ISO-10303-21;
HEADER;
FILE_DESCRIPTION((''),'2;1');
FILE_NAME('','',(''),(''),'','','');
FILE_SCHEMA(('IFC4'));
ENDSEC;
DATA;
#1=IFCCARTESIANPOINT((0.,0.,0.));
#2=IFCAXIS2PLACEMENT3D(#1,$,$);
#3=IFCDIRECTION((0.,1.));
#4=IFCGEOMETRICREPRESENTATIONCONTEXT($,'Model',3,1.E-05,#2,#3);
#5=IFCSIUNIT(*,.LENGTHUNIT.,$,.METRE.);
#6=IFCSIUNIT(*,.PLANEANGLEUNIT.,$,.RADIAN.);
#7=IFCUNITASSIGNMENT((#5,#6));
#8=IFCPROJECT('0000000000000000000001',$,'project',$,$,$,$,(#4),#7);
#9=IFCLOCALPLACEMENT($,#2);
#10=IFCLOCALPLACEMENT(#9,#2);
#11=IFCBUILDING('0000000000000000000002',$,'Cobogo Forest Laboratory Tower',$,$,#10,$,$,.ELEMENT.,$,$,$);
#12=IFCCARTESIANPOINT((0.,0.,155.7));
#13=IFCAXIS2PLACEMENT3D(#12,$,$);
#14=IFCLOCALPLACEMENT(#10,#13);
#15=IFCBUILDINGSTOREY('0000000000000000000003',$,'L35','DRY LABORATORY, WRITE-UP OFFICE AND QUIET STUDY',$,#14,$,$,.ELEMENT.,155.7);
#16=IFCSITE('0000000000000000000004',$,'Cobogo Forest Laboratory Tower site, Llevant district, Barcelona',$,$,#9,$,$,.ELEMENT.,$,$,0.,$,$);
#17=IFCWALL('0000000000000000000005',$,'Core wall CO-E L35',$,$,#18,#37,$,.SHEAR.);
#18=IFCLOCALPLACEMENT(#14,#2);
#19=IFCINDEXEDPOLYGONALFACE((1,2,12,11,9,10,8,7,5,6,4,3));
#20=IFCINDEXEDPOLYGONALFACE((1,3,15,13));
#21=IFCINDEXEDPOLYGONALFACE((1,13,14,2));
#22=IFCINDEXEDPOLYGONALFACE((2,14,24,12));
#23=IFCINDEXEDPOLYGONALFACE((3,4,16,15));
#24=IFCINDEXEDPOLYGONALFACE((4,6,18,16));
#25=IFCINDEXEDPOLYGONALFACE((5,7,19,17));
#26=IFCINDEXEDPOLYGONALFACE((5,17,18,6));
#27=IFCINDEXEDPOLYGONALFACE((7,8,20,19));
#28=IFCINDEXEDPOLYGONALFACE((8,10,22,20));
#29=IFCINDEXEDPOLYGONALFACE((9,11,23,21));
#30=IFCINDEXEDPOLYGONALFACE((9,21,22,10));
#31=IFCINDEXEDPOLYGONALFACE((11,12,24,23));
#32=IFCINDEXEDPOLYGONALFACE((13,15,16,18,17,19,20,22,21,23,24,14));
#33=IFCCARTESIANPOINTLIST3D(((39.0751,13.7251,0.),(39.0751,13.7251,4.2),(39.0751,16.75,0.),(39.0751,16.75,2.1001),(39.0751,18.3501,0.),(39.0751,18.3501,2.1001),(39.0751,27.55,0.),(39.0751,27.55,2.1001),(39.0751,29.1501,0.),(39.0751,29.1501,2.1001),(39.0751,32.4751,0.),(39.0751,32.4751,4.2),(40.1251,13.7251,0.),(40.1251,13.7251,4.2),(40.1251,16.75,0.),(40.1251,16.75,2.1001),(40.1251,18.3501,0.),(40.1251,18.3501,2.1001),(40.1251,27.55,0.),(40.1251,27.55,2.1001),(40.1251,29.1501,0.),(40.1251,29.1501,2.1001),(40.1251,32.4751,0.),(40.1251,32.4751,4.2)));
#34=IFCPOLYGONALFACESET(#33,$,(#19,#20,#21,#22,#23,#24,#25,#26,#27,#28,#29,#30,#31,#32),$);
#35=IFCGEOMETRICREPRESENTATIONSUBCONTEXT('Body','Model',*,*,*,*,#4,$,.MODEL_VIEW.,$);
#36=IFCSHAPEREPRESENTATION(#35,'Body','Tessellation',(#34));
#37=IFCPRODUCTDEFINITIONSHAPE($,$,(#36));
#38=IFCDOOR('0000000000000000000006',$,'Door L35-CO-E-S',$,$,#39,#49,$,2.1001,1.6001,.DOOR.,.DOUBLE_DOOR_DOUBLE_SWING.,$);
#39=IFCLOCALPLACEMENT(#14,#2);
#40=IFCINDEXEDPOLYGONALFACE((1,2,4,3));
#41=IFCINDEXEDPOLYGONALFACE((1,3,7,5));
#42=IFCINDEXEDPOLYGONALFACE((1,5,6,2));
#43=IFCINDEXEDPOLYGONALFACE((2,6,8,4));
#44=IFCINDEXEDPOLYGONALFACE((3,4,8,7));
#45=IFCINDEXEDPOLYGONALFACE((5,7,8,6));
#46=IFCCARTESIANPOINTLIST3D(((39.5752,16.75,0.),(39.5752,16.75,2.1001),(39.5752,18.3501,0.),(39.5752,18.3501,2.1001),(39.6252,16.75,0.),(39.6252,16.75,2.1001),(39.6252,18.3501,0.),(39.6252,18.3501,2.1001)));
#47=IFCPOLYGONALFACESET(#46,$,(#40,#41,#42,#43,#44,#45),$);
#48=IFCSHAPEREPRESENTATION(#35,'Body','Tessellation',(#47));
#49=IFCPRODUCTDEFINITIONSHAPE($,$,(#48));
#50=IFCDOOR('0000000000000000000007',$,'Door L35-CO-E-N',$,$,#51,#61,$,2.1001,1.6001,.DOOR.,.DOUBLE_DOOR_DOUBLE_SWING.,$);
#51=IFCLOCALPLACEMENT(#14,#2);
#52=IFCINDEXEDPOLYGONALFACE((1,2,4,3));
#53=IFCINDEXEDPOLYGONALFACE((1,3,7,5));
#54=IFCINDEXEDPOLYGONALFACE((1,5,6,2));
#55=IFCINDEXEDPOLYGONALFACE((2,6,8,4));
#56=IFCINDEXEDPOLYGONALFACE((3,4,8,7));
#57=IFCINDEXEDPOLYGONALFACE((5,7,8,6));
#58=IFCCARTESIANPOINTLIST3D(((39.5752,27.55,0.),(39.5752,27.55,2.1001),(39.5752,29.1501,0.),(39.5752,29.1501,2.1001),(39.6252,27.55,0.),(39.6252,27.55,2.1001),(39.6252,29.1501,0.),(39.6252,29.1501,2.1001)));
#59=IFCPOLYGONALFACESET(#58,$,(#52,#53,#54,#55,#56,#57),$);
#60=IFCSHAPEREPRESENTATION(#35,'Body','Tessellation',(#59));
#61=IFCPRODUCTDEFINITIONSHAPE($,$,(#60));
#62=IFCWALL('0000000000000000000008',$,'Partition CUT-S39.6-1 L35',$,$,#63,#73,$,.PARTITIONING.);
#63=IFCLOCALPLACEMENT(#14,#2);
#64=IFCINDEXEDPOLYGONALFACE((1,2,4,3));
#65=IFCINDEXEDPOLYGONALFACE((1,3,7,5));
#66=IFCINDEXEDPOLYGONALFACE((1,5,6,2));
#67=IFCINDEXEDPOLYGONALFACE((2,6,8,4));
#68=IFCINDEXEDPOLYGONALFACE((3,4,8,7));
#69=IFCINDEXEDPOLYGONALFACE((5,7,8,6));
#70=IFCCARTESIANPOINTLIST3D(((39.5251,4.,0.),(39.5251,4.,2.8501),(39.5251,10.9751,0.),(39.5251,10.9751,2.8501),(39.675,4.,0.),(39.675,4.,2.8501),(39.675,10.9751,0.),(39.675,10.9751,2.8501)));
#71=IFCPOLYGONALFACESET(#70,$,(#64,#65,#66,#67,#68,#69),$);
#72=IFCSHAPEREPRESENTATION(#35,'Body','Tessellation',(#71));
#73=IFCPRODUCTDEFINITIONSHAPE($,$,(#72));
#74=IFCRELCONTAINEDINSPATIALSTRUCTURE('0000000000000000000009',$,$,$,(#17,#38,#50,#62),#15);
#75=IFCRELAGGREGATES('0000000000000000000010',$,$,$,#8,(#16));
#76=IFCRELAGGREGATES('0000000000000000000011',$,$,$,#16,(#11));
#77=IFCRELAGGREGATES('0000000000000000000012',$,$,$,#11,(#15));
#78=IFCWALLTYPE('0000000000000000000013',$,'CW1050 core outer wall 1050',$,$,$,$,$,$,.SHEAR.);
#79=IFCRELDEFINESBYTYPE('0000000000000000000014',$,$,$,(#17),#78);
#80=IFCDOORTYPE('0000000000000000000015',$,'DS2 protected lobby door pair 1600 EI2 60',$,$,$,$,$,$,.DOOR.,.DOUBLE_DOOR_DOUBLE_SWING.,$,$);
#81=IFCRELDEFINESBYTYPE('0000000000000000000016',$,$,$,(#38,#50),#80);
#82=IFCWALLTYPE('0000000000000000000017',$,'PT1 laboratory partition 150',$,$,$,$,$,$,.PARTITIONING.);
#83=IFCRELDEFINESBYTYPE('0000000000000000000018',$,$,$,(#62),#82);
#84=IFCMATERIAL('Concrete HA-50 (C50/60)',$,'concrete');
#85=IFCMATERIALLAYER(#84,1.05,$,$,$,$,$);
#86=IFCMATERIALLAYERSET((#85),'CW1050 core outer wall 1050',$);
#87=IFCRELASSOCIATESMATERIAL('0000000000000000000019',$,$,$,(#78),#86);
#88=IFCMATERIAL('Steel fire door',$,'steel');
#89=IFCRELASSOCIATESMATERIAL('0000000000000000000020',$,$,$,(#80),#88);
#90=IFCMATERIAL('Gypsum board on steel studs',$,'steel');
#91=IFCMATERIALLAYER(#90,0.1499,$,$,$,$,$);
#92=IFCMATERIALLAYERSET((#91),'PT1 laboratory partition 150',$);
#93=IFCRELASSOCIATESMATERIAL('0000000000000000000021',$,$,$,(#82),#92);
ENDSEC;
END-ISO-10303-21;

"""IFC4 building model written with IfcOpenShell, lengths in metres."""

from ifc_helpers import new_model, si_unit, direction, frame, frame_2d, origin, place, context, subcontext, project, spatial, rectangle, extrude, material, layer, layer_set, type_object, element, fill, save


model = new_model("IFC4")

# Units and contexts
model_context = context("Model", 3, precision=1e-05, world=origin(), true_north=direction((0.0, 1.0)))
body_context = subcontext(model_context, "Body", "Model", "MODEL_VIEW")
ifc_project = project(units=[si_unit("LENGTHUNIT", "METRE"), si_unit("PLANEANGLEUNIT", "RADIAN")], contexts=[model_context])

# Site, building, storey
site_placement = place(None, origin())
site = spatial("IfcSite", under=ifc_project, at=site_placement, Name="Cobogo Forest Laboratory Tower site, Llevant district, Barcelona", CompositionType="ELEMENT", RefElevation=0.0)
building_placement = place(site_placement, origin())
building = spatial("IfcBuilding", under=site, at=building_placement, Name="Cobogo Forest Laboratory Tower", CompositionType="ELEMENT")
storey_placement = place(building_placement, frame((0.0, 0.0, 155.7)))
storey = spatial("IfcBuildingStorey", under=building, at=storey_placement, Name="L35", Description="DRY LABORATORY, WRITE-UP OFFICE AND QUIET STUDY", CompositionType="ELEMENT", Elevation=155.7)

# Shared definitions
ifc_material_1 = material(Name="Concrete HA-50 (C50/60)", Category="concrete")

# Wall, openings, doors
ifc_layer_1 = layer(ifc_material_1, 1.05)
ifc_layer_set_1 = layer_set([ifc_layer_1], Name="CW1050 core outer wall 1050")
wall_type_1 = type_object("IfcWallType", Name="CW1050 core outer wall 1050", PredefinedType="SHEAR", material=ifc_layer_set_1)
wall_1_placement = place(storey_placement, frame((39.6001, 13.7251, 0.0), z_axis=(0.0, 0.0, 1.0), x_axis=(0.0, 1.0, 0.0)))
wall_1 = element("IfcWall", 1, at=wall_1_placement, inside=storey, type_object=wall_type_1, Name="Core wall CO-E L35", PredefinedType="SHEAR", context=body_context, shape_type="SweptSolid", body=[
    extrude(rectangle(XDim=18.75, YDim=1.05, at=frame_2d((9.375, 0.0))), origin(), (0.0, 0.0, 1.0), 4.2),
])
opening_1_placement = place(wall_1_placement, frame((3.0249, 0.0, 0.0)))
opening_1 = element("IfcOpeningElement", 2, at=opening_1_placement, cuts=wall_1, PredefinedType="OPENING", context=body_context, shape_type="SweptSolid", body=[
    extrude(rectangle(XDim=1.6001, YDim=2.1001, at=frame_2d((0.8, 1.05))), frame((0.0, 0.5349, 0.0), z_axis=(0.0, -1.0, 0.0), x_axis=(1.0, 0.0, 0.0)), (0.0, 0.0, 1.0), 1.0701),
])
opening_2_placement = place(wall_1_placement, frame((13.825, 0.0, 0.0)))
opening_2 = element("IfcOpeningElement", 3, at=opening_2_placement, cuts=wall_1, PredefinedType="OPENING", context=body_context, shape_type="SweptSolid", body=[
    extrude(rectangle(XDim=1.6001, YDim=2.1001, at=frame_2d((0.8, 1.05))), frame((0.0, 0.5349, 0.0), z_axis=(0.0, -1.0, 0.0), x_axis=(1.0, 0.0, 0.0)), (0.0, 0.0, 1.0), 1.0701),
])
ifc_material_2 = material(Name="Steel fire door", Category="steel")
door_type_1 = type_object("IfcDoorType", Name="DS2 protected lobby door pair 1600 EI2 60", OperationType="DOUBLE_DOOR_DOUBLE_SWING", PredefinedType="DOOR", material=ifc_material_2)
door_1_placement = place(opening_1_placement, origin())
door_1 = element("IfcDoor", 4, at=door_1_placement, inside=storey, type_object=door_type_1, Name="Door L35-CO-E-S", OperationType="DOUBLE_DOOR_DOUBLE_SWING", OverallHeight=2.1001, OverallWidth=1.6001, PredefinedType="DOOR", context=body_context, shape_type="SweptSolid", body=[
    extrude(rectangle(XDim=1.6001, YDim=2.1001, at=frame_2d((0.8, 1.05))), frame((0.0, 0.0249, 0.0), z_axis=(0.0, -1.0, 0.0), x_axis=(1.0, 0.0, 0.0)), (0.0, 0.0, 1.0), 0.05),
])
fill(opening_1, door_1)
door_2_placement = place(opening_2_placement, origin())
door_2 = element("IfcDoor", 5, at=door_2_placement, inside=storey, type_object=door_type_1, Name="Door L35-CO-E-N", OperationType="DOUBLE_DOOR_DOUBLE_SWING", OverallHeight=2.1001, OverallWidth=1.6001, PredefinedType="DOOR", context=body_context, shape_type="SweptSolid", body=[
    extrude(rectangle(XDim=1.6001, YDim=2.1001, at=frame_2d((0.8, 1.05))), frame((0.0, 0.0249, 0.0), z_axis=(0.0, -1.0, 0.0), x_axis=(1.0, 0.0, 0.0)), (0.0, 0.0, 1.0), 0.05),
])
fill(opening_2, door_2)

# Wall
ifc_material_3 = material(Name="Gypsum board on steel studs", Category="steel")
ifc_layer_2 = layer(ifc_material_3, 0.1499)
ifc_layer_set_2 = layer_set([ifc_layer_2], Name="PT1 laboratory partition 150")
wall_type_2 = type_object("IfcWallType", Name="PT1 laboratory partition 150", PredefinedType="PARTITIONING", material=ifc_layer_set_2)
wall_2_placement = place(storey_placement, frame((39.6001, 4.0, 0.0), z_axis=(0.0, 0.0, 1.0), x_axis=(0.0, 1.0, 0.0)))
element("IfcWall", 6, at=wall_2_placement, inside=storey, type_object=wall_type_2, Name="Partition CUT-S39.6-1 L35", PredefinedType="PARTITIONING", context=body_context, shape_type="SweptSolid", body=[
    extrude(rectangle(XDim=6.9751, YDim=0.1499, at=frame_2d((3.4875, 0.0))), origin(), (0.0, 0.0, 1.0), 2.8501),
])

save(model, "model.ifc")
